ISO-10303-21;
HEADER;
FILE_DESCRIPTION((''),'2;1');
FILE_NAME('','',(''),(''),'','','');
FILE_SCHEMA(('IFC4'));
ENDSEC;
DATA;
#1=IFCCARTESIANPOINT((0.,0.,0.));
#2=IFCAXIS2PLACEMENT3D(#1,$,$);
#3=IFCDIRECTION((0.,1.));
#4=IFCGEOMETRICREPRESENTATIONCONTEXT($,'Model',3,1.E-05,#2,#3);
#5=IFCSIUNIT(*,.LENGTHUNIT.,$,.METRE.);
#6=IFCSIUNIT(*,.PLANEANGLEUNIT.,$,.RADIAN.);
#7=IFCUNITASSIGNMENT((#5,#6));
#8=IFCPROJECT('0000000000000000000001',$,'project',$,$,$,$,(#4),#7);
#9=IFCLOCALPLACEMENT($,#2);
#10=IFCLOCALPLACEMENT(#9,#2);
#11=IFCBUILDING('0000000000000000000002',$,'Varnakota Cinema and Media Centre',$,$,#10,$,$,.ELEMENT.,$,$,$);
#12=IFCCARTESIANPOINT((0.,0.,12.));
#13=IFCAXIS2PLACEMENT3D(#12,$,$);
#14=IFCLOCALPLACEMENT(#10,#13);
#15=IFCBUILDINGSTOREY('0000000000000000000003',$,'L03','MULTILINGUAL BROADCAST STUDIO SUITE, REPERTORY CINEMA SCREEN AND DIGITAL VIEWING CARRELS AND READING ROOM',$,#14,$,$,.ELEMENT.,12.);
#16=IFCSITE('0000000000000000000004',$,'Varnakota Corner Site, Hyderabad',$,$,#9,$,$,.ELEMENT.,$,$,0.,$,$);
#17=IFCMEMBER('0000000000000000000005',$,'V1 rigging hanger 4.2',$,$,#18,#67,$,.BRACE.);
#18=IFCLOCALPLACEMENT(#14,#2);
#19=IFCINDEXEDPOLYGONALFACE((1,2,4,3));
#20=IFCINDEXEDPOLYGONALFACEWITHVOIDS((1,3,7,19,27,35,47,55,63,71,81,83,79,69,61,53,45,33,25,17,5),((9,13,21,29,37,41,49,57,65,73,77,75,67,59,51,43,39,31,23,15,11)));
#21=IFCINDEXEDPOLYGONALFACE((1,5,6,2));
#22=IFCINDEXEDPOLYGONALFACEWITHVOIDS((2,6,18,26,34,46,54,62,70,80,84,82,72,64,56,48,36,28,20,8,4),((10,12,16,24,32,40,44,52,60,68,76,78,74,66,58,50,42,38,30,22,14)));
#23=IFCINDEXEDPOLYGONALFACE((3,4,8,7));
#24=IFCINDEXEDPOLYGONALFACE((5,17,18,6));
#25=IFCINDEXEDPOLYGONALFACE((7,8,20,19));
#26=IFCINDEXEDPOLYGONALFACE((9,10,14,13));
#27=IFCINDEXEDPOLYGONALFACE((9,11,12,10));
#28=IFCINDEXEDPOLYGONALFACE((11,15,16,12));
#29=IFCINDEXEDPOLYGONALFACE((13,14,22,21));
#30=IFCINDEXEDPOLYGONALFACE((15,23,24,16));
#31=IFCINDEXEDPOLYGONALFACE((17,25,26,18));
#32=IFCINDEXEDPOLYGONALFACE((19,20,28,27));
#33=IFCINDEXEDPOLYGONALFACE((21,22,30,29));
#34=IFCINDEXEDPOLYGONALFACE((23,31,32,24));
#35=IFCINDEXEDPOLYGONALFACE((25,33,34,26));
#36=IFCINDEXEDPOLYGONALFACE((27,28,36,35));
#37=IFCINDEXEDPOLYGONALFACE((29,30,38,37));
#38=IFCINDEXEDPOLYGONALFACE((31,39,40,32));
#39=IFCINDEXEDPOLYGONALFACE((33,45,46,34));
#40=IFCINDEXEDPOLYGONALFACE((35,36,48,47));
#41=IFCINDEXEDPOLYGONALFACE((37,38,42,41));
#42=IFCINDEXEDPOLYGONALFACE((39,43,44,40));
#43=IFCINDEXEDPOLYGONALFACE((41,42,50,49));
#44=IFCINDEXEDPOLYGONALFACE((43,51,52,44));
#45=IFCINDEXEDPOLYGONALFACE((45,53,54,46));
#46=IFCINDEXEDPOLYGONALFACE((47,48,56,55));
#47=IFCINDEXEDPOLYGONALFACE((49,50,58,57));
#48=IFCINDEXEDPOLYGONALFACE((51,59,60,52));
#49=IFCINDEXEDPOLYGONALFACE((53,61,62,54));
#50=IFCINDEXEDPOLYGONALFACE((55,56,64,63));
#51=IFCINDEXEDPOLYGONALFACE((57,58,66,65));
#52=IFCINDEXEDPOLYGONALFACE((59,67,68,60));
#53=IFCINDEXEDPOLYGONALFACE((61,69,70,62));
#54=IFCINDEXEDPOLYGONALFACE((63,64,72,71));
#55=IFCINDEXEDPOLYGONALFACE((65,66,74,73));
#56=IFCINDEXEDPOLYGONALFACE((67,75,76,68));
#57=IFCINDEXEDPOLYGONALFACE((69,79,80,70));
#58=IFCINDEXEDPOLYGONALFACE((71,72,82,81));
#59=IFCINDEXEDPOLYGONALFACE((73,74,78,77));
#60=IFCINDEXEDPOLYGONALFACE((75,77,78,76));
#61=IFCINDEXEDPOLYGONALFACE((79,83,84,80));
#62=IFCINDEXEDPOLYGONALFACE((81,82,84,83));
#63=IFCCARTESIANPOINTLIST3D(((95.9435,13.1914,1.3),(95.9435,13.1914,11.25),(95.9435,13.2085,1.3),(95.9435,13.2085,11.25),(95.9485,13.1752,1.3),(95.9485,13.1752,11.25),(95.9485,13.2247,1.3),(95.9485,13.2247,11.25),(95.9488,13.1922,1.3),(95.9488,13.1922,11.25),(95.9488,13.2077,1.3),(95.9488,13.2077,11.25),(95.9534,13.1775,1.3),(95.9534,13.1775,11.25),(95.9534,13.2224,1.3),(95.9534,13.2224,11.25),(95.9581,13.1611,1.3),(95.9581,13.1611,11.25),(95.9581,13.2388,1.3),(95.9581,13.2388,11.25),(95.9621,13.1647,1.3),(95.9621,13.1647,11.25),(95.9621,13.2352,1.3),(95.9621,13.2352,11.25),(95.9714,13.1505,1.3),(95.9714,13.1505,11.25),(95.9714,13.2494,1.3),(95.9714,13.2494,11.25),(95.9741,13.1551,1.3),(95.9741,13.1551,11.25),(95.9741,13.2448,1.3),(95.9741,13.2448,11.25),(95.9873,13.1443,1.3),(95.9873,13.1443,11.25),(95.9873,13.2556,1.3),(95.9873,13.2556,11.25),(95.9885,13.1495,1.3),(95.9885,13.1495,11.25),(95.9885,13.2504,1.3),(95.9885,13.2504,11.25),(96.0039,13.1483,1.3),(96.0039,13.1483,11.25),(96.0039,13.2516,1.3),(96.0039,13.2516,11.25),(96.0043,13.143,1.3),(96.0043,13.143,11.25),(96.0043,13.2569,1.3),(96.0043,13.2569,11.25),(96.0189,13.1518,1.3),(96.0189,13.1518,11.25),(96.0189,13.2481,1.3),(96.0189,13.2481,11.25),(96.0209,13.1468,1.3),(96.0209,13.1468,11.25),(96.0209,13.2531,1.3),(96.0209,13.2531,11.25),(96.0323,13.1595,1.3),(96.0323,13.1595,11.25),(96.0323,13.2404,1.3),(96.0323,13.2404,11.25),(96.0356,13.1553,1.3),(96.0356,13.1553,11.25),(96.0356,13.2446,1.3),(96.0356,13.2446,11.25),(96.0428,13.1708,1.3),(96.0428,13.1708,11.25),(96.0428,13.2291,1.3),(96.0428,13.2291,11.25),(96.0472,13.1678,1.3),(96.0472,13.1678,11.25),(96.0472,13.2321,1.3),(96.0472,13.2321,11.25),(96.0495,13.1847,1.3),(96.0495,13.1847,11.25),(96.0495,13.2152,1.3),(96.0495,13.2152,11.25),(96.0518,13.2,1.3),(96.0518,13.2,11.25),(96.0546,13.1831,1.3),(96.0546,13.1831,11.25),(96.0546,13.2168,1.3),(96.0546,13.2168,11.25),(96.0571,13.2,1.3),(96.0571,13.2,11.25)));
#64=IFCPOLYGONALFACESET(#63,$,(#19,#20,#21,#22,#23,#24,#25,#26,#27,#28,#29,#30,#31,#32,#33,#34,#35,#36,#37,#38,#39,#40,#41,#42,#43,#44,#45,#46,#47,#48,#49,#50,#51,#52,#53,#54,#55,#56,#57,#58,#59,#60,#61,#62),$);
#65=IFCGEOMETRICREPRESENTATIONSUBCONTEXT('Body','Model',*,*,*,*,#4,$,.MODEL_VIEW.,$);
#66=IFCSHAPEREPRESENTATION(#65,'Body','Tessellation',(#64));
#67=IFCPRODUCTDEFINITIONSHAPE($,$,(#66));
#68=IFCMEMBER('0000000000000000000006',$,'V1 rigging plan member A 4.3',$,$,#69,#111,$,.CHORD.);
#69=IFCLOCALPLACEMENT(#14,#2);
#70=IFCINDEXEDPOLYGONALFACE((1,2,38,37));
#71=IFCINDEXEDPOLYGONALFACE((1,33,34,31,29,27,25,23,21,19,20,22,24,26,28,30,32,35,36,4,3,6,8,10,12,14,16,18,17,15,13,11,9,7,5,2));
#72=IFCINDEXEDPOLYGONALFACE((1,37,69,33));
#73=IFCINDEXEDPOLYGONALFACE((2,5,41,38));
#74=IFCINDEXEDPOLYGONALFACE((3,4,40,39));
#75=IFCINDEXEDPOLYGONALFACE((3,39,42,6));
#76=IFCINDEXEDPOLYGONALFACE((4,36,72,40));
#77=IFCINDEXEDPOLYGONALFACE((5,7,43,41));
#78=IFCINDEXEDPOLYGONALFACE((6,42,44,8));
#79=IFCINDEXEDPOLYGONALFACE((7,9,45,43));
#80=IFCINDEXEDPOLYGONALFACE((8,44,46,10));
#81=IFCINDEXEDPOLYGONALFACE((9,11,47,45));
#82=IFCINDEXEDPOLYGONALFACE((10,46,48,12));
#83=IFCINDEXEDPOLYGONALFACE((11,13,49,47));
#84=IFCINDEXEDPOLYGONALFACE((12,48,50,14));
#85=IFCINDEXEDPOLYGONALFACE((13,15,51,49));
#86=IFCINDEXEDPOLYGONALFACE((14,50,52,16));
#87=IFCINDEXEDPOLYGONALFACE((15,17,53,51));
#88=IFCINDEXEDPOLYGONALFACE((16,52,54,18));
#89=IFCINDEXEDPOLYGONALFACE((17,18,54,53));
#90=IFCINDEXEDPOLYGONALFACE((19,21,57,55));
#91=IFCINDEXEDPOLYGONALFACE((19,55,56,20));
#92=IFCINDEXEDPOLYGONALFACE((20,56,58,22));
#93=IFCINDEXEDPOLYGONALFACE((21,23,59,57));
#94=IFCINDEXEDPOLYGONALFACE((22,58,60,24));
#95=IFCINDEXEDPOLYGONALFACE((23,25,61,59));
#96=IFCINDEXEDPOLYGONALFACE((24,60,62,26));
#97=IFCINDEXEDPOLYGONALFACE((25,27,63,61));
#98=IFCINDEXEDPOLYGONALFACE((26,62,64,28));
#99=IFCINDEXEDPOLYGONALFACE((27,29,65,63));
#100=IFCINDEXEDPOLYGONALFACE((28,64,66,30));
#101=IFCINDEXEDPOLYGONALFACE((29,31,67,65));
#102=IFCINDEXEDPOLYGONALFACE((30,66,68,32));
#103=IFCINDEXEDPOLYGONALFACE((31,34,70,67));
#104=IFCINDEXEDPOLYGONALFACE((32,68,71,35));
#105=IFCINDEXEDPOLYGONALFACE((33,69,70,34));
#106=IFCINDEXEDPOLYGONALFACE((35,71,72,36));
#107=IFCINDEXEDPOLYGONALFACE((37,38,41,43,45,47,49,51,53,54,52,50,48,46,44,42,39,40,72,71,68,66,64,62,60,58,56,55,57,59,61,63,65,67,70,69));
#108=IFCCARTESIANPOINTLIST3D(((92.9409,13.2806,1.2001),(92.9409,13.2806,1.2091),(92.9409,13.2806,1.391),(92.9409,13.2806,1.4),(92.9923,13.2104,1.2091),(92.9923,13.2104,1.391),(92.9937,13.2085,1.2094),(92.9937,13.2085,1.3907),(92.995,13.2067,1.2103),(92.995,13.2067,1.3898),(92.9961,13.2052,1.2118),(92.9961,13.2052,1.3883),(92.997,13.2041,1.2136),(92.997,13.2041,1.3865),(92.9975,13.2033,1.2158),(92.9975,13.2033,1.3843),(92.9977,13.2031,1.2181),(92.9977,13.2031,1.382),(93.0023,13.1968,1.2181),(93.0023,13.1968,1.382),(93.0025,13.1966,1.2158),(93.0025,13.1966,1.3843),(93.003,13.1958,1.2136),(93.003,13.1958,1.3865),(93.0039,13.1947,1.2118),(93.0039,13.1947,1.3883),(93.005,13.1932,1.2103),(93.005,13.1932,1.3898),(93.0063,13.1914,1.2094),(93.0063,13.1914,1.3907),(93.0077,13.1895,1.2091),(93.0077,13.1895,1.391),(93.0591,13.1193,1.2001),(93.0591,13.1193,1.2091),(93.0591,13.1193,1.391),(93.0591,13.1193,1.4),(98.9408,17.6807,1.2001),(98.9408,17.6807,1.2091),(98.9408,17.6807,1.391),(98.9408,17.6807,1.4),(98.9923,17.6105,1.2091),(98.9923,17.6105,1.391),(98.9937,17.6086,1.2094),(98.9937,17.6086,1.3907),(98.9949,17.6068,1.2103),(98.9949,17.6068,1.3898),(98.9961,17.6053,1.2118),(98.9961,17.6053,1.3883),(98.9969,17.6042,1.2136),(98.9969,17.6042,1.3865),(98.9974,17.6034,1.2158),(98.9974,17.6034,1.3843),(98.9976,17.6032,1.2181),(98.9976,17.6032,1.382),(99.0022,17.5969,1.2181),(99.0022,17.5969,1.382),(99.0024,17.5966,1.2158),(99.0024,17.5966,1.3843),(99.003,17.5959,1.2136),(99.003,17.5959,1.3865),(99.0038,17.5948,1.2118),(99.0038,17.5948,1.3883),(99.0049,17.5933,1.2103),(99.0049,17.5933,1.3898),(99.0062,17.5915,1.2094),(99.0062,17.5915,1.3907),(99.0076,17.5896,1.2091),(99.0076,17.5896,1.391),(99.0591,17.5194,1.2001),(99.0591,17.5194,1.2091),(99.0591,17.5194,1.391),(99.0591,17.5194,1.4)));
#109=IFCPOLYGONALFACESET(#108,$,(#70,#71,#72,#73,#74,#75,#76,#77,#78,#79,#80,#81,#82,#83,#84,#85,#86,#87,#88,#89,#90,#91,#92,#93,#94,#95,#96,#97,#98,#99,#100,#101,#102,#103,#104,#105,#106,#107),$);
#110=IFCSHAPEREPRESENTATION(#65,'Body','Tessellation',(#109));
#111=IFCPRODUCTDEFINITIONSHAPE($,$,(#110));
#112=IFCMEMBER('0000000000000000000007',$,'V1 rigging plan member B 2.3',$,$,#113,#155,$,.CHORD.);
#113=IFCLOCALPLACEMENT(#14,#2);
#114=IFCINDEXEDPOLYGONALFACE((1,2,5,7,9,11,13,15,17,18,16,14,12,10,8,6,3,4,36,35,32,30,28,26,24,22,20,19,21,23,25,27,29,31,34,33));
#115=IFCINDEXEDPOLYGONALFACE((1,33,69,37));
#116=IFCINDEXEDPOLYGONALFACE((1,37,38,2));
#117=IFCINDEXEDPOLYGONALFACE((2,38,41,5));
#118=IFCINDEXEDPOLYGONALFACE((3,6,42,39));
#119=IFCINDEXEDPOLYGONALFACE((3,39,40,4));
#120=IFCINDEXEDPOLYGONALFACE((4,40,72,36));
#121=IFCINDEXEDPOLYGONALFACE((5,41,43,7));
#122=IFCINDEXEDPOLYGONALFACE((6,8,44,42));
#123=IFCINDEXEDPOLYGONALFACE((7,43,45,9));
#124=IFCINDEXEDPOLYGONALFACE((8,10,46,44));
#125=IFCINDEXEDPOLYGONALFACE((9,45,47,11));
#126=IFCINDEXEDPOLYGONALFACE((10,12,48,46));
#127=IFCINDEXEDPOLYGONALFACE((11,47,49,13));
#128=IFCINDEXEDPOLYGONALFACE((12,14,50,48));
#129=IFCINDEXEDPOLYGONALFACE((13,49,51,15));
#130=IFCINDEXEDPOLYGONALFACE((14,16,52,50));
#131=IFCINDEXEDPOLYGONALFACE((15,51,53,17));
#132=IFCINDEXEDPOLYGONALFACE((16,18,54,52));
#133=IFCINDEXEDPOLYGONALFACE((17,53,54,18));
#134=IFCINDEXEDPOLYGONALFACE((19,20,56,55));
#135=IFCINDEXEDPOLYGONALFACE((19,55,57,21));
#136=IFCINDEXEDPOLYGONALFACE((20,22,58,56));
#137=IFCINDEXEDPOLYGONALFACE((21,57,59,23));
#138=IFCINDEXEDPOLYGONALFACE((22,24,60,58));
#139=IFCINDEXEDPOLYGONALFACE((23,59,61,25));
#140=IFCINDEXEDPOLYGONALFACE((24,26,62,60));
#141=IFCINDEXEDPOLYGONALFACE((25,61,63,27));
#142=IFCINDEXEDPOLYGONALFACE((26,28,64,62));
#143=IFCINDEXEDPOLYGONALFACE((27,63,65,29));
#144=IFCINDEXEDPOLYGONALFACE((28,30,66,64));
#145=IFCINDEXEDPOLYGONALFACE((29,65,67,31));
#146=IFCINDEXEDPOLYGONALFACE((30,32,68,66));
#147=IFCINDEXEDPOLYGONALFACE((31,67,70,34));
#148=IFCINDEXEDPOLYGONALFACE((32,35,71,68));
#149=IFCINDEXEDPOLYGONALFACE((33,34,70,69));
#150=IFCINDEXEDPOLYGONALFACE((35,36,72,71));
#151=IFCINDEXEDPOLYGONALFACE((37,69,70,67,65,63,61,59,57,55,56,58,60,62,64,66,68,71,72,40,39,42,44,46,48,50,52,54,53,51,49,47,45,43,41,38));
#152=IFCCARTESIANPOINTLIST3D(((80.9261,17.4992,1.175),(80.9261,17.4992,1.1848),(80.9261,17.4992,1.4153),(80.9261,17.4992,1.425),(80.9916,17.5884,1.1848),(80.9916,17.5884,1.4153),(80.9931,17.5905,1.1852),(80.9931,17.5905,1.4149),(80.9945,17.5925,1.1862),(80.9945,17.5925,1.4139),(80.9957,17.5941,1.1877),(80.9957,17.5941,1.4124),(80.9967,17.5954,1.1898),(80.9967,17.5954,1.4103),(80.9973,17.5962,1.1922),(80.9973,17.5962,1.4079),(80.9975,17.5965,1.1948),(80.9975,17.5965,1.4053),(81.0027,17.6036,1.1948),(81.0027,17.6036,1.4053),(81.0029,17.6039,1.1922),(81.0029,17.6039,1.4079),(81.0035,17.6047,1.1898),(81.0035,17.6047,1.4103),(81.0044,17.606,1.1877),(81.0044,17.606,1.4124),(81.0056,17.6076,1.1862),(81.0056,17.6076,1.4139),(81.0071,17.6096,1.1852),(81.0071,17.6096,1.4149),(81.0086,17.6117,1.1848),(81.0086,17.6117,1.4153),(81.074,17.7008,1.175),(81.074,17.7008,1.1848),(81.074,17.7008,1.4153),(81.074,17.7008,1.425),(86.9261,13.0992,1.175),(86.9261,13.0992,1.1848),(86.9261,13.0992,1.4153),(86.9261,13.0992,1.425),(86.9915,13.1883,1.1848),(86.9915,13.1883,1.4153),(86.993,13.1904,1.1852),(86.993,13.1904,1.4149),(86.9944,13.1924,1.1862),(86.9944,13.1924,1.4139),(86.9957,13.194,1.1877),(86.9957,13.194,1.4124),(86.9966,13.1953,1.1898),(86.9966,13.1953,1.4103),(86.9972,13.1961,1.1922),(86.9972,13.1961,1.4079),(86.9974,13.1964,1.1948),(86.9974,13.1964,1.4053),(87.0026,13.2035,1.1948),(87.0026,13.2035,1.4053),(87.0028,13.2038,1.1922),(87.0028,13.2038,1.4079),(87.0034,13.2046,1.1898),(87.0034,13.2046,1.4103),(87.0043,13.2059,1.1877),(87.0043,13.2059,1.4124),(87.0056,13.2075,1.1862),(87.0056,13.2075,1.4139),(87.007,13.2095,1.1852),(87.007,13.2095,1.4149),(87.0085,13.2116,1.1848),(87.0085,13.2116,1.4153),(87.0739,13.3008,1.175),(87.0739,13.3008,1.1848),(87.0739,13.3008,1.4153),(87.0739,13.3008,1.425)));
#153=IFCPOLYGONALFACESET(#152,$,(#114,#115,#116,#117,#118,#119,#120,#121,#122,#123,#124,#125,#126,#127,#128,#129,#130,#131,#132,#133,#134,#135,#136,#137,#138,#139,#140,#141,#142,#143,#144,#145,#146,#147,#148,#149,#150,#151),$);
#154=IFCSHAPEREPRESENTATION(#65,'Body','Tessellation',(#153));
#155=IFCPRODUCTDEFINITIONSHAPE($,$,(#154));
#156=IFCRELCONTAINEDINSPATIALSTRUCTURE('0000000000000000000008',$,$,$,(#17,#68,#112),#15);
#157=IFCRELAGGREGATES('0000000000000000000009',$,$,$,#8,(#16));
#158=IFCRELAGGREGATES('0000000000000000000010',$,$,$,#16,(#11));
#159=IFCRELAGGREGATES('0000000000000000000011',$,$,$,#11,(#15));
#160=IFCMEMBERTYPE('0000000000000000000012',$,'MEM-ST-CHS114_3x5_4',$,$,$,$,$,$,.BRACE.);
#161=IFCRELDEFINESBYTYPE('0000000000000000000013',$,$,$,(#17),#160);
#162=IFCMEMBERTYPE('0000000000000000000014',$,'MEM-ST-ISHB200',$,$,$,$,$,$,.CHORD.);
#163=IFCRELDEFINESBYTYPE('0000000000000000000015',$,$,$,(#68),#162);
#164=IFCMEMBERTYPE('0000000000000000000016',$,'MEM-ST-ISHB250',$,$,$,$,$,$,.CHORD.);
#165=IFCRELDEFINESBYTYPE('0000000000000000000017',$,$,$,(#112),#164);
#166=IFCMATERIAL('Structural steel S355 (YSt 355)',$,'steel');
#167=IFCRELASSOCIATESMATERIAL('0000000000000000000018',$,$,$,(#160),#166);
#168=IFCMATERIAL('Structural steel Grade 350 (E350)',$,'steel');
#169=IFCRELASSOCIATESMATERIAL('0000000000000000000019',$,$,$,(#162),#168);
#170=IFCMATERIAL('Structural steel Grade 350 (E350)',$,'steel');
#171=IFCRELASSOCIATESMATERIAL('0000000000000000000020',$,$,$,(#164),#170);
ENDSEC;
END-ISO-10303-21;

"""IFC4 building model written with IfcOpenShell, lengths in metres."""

from ifc_helpers import new_model, si_unit, direction, frame, origin, origin_2d, place, context, subcontext, project, spatial, hollow_circle, i_section, extrude, material, material_profile, profile_set, type_object, element, save


model = new_model("IFC4")

# Units and contexts
model_context = context("Model", 3, precision=1e-05, world=origin(), true_north=direction((0.0, 1.0)))
body_context = subcontext(model_context, "Body", "Model", "MODEL_VIEW")
ifc_project = project(units=[si_unit("LENGTHUNIT", "METRE"), si_unit("PLANEANGLEUNIT", "RADIAN")], contexts=[model_context])

# Site, building, storey
site_placement = place(None, origin())
site = spatial("IfcSite", under=ifc_project, at=site_placement, Name="Varnakota Corner Site, Hyderabad", CompositionType="ELEMENT", RefElevation=0.0)
building_placement = place(site_placement, origin())
building = spatial("IfcBuilding", under=site, at=building_placement, Name="Varnakota Cinema and Media Centre", CompositionType="ELEMENT")
storey_placement = place(building_placement, frame((0.0, 0.0, 12.0)))
storey = spatial("IfcBuildingStorey", under=building, at=storey_placement, Name="L03", Description="MULTILINGUAL BROADCAST STUDIO SUITE, REPERTORY CINEMA SCREEN AND DIGITAL VIEWING CARRELS AND READING ROOM", CompositionType="ELEMENT", Elevation=12.0)

# Members
ifc_material_1 = material(Name="Structural steel S355 (YSt 355)", Category="steel")
ifc_material_profile_1 = material_profile(ifc_material_1, hollow_circle(Radius=0.0571, WallThickness=0.0054, at=origin_2d()), Name="CHS 114.3x5.4")
ifc_profile_set_1 = profile_set([ifc_material_profile_1], Name="Structural steel S355 (YSt 355)")
member_type_1 = type_object("IfcMemberType", Name="MEM-ST-CHS114_3x5_4", PredefinedType="BRACE", material=ifc_profile_set_1)
for number, where, z_axis, x_axis, name in (
    (1, (96.0, 13.2, 1.3), (0.0, 0.0, 1.0), (1.0, 0.0, 0.0), "V1 rigging hanger 4.2"),
):
    element("IfcMember", number, at=place(storey_placement, frame(where, z_axis=z_axis, x_axis=x_axis)), inside=storey, type_object=member_type_1, Name=name, PredefinedType="BRACE", context=body_context, shape_type="SweptSolid", body=[
        extrude(hollow_circle(Radius=0.0571, WallThickness=0.0054, at=origin_2d()), origin(), (0.0, 0.0, 1.0), 9.95),
    ])
ifc_material_2 = material(Name="Structural steel Grade 350 (E350)", Category="steel")
ifc_material_profile_2 = material_profile(ifc_material_2, i_section(OverallWidth=0.2, OverallDepth=0.2, WebThickness=0.0078, FlangeThickness=0.009, FilletRadius=0.009, at=origin_2d()), Name="ISHB 200")
ifc_profile_set_2 = profile_set([ifc_material_profile_2], Name="Structural steel Grade 350 (E350)")
member_type_2 = type_object("IfcMemberType", Name="MEM-ST-ISHB200", PredefinedType="CHORD", material=ifc_profile_set_2)
member_1_placement = place(storey_placement, frame((93.0, 13.2, 1.3), z_axis=(0.806396, 0.591376, 0.0), x_axis=(-0.591376, 0.806396, 0.0)))
element("IfcMember", 2, at=member_1_placement, inside=storey, type_object=member_type_2, Name="V1 rigging plan member A 4.3", PredefinedType="CHORD", context=body_context, shape_type="SweptSolid", body=[
    extrude(i_section(OverallWidth=0.2, OverallDepth=0.2, WebThickness=0.0078, FlangeThickness=0.009, FilletRadius=0.009, at=origin_2d()), origin(), (0.0, 0.0, 1.0), 7.4404),
])
ifc_material_3 = material(Name="Structural steel Grade 350 (E350)", Category="steel")
ifc_material_profile_3 = material_profile(ifc_material_3, i_section(OverallWidth=0.25, OverallDepth=0.25, WebThickness=0.0088, FlangeThickness=0.0098, FilletRadius=0.01, at=origin_2d()), Name="ISHB 250")
ifc_profile_set_3 = profile_set([ifc_material_profile_3], Name="Structural steel Grade 350 (E350)")
member_type_3 = type_object("IfcMemberType", Name="MEM-ST-ISHB250", PredefinedType="CHORD", material=ifc_profile_set_3)
for number, where, z_axis, x_axis, name in (
    (3, (87.0, 13.2, 1.3), (-0.806396, 0.591376, 0.0), (-0.591376, -0.806396, 0.0), "V1 rigging plan member B 2.3"),
):
    element("IfcMember", number, at=place(storey_placement, frame(where, z_axis=z_axis, x_axis=x_axis)), inside=storey, type_object=member_type_3, Name=name, PredefinedType="CHORD", context=body_context, shape_type="SweptSolid", body=[
        extrude(i_section(OverallWidth=0.25, OverallDepth=0.25, WebThickness=0.0088, FlangeThickness=0.0098, FilletRadius=0.01, at=origin_2d()), origin(), (0.0, 0.0, 1.0), 7.4404),
    ])

save(model, "model.ifc")
